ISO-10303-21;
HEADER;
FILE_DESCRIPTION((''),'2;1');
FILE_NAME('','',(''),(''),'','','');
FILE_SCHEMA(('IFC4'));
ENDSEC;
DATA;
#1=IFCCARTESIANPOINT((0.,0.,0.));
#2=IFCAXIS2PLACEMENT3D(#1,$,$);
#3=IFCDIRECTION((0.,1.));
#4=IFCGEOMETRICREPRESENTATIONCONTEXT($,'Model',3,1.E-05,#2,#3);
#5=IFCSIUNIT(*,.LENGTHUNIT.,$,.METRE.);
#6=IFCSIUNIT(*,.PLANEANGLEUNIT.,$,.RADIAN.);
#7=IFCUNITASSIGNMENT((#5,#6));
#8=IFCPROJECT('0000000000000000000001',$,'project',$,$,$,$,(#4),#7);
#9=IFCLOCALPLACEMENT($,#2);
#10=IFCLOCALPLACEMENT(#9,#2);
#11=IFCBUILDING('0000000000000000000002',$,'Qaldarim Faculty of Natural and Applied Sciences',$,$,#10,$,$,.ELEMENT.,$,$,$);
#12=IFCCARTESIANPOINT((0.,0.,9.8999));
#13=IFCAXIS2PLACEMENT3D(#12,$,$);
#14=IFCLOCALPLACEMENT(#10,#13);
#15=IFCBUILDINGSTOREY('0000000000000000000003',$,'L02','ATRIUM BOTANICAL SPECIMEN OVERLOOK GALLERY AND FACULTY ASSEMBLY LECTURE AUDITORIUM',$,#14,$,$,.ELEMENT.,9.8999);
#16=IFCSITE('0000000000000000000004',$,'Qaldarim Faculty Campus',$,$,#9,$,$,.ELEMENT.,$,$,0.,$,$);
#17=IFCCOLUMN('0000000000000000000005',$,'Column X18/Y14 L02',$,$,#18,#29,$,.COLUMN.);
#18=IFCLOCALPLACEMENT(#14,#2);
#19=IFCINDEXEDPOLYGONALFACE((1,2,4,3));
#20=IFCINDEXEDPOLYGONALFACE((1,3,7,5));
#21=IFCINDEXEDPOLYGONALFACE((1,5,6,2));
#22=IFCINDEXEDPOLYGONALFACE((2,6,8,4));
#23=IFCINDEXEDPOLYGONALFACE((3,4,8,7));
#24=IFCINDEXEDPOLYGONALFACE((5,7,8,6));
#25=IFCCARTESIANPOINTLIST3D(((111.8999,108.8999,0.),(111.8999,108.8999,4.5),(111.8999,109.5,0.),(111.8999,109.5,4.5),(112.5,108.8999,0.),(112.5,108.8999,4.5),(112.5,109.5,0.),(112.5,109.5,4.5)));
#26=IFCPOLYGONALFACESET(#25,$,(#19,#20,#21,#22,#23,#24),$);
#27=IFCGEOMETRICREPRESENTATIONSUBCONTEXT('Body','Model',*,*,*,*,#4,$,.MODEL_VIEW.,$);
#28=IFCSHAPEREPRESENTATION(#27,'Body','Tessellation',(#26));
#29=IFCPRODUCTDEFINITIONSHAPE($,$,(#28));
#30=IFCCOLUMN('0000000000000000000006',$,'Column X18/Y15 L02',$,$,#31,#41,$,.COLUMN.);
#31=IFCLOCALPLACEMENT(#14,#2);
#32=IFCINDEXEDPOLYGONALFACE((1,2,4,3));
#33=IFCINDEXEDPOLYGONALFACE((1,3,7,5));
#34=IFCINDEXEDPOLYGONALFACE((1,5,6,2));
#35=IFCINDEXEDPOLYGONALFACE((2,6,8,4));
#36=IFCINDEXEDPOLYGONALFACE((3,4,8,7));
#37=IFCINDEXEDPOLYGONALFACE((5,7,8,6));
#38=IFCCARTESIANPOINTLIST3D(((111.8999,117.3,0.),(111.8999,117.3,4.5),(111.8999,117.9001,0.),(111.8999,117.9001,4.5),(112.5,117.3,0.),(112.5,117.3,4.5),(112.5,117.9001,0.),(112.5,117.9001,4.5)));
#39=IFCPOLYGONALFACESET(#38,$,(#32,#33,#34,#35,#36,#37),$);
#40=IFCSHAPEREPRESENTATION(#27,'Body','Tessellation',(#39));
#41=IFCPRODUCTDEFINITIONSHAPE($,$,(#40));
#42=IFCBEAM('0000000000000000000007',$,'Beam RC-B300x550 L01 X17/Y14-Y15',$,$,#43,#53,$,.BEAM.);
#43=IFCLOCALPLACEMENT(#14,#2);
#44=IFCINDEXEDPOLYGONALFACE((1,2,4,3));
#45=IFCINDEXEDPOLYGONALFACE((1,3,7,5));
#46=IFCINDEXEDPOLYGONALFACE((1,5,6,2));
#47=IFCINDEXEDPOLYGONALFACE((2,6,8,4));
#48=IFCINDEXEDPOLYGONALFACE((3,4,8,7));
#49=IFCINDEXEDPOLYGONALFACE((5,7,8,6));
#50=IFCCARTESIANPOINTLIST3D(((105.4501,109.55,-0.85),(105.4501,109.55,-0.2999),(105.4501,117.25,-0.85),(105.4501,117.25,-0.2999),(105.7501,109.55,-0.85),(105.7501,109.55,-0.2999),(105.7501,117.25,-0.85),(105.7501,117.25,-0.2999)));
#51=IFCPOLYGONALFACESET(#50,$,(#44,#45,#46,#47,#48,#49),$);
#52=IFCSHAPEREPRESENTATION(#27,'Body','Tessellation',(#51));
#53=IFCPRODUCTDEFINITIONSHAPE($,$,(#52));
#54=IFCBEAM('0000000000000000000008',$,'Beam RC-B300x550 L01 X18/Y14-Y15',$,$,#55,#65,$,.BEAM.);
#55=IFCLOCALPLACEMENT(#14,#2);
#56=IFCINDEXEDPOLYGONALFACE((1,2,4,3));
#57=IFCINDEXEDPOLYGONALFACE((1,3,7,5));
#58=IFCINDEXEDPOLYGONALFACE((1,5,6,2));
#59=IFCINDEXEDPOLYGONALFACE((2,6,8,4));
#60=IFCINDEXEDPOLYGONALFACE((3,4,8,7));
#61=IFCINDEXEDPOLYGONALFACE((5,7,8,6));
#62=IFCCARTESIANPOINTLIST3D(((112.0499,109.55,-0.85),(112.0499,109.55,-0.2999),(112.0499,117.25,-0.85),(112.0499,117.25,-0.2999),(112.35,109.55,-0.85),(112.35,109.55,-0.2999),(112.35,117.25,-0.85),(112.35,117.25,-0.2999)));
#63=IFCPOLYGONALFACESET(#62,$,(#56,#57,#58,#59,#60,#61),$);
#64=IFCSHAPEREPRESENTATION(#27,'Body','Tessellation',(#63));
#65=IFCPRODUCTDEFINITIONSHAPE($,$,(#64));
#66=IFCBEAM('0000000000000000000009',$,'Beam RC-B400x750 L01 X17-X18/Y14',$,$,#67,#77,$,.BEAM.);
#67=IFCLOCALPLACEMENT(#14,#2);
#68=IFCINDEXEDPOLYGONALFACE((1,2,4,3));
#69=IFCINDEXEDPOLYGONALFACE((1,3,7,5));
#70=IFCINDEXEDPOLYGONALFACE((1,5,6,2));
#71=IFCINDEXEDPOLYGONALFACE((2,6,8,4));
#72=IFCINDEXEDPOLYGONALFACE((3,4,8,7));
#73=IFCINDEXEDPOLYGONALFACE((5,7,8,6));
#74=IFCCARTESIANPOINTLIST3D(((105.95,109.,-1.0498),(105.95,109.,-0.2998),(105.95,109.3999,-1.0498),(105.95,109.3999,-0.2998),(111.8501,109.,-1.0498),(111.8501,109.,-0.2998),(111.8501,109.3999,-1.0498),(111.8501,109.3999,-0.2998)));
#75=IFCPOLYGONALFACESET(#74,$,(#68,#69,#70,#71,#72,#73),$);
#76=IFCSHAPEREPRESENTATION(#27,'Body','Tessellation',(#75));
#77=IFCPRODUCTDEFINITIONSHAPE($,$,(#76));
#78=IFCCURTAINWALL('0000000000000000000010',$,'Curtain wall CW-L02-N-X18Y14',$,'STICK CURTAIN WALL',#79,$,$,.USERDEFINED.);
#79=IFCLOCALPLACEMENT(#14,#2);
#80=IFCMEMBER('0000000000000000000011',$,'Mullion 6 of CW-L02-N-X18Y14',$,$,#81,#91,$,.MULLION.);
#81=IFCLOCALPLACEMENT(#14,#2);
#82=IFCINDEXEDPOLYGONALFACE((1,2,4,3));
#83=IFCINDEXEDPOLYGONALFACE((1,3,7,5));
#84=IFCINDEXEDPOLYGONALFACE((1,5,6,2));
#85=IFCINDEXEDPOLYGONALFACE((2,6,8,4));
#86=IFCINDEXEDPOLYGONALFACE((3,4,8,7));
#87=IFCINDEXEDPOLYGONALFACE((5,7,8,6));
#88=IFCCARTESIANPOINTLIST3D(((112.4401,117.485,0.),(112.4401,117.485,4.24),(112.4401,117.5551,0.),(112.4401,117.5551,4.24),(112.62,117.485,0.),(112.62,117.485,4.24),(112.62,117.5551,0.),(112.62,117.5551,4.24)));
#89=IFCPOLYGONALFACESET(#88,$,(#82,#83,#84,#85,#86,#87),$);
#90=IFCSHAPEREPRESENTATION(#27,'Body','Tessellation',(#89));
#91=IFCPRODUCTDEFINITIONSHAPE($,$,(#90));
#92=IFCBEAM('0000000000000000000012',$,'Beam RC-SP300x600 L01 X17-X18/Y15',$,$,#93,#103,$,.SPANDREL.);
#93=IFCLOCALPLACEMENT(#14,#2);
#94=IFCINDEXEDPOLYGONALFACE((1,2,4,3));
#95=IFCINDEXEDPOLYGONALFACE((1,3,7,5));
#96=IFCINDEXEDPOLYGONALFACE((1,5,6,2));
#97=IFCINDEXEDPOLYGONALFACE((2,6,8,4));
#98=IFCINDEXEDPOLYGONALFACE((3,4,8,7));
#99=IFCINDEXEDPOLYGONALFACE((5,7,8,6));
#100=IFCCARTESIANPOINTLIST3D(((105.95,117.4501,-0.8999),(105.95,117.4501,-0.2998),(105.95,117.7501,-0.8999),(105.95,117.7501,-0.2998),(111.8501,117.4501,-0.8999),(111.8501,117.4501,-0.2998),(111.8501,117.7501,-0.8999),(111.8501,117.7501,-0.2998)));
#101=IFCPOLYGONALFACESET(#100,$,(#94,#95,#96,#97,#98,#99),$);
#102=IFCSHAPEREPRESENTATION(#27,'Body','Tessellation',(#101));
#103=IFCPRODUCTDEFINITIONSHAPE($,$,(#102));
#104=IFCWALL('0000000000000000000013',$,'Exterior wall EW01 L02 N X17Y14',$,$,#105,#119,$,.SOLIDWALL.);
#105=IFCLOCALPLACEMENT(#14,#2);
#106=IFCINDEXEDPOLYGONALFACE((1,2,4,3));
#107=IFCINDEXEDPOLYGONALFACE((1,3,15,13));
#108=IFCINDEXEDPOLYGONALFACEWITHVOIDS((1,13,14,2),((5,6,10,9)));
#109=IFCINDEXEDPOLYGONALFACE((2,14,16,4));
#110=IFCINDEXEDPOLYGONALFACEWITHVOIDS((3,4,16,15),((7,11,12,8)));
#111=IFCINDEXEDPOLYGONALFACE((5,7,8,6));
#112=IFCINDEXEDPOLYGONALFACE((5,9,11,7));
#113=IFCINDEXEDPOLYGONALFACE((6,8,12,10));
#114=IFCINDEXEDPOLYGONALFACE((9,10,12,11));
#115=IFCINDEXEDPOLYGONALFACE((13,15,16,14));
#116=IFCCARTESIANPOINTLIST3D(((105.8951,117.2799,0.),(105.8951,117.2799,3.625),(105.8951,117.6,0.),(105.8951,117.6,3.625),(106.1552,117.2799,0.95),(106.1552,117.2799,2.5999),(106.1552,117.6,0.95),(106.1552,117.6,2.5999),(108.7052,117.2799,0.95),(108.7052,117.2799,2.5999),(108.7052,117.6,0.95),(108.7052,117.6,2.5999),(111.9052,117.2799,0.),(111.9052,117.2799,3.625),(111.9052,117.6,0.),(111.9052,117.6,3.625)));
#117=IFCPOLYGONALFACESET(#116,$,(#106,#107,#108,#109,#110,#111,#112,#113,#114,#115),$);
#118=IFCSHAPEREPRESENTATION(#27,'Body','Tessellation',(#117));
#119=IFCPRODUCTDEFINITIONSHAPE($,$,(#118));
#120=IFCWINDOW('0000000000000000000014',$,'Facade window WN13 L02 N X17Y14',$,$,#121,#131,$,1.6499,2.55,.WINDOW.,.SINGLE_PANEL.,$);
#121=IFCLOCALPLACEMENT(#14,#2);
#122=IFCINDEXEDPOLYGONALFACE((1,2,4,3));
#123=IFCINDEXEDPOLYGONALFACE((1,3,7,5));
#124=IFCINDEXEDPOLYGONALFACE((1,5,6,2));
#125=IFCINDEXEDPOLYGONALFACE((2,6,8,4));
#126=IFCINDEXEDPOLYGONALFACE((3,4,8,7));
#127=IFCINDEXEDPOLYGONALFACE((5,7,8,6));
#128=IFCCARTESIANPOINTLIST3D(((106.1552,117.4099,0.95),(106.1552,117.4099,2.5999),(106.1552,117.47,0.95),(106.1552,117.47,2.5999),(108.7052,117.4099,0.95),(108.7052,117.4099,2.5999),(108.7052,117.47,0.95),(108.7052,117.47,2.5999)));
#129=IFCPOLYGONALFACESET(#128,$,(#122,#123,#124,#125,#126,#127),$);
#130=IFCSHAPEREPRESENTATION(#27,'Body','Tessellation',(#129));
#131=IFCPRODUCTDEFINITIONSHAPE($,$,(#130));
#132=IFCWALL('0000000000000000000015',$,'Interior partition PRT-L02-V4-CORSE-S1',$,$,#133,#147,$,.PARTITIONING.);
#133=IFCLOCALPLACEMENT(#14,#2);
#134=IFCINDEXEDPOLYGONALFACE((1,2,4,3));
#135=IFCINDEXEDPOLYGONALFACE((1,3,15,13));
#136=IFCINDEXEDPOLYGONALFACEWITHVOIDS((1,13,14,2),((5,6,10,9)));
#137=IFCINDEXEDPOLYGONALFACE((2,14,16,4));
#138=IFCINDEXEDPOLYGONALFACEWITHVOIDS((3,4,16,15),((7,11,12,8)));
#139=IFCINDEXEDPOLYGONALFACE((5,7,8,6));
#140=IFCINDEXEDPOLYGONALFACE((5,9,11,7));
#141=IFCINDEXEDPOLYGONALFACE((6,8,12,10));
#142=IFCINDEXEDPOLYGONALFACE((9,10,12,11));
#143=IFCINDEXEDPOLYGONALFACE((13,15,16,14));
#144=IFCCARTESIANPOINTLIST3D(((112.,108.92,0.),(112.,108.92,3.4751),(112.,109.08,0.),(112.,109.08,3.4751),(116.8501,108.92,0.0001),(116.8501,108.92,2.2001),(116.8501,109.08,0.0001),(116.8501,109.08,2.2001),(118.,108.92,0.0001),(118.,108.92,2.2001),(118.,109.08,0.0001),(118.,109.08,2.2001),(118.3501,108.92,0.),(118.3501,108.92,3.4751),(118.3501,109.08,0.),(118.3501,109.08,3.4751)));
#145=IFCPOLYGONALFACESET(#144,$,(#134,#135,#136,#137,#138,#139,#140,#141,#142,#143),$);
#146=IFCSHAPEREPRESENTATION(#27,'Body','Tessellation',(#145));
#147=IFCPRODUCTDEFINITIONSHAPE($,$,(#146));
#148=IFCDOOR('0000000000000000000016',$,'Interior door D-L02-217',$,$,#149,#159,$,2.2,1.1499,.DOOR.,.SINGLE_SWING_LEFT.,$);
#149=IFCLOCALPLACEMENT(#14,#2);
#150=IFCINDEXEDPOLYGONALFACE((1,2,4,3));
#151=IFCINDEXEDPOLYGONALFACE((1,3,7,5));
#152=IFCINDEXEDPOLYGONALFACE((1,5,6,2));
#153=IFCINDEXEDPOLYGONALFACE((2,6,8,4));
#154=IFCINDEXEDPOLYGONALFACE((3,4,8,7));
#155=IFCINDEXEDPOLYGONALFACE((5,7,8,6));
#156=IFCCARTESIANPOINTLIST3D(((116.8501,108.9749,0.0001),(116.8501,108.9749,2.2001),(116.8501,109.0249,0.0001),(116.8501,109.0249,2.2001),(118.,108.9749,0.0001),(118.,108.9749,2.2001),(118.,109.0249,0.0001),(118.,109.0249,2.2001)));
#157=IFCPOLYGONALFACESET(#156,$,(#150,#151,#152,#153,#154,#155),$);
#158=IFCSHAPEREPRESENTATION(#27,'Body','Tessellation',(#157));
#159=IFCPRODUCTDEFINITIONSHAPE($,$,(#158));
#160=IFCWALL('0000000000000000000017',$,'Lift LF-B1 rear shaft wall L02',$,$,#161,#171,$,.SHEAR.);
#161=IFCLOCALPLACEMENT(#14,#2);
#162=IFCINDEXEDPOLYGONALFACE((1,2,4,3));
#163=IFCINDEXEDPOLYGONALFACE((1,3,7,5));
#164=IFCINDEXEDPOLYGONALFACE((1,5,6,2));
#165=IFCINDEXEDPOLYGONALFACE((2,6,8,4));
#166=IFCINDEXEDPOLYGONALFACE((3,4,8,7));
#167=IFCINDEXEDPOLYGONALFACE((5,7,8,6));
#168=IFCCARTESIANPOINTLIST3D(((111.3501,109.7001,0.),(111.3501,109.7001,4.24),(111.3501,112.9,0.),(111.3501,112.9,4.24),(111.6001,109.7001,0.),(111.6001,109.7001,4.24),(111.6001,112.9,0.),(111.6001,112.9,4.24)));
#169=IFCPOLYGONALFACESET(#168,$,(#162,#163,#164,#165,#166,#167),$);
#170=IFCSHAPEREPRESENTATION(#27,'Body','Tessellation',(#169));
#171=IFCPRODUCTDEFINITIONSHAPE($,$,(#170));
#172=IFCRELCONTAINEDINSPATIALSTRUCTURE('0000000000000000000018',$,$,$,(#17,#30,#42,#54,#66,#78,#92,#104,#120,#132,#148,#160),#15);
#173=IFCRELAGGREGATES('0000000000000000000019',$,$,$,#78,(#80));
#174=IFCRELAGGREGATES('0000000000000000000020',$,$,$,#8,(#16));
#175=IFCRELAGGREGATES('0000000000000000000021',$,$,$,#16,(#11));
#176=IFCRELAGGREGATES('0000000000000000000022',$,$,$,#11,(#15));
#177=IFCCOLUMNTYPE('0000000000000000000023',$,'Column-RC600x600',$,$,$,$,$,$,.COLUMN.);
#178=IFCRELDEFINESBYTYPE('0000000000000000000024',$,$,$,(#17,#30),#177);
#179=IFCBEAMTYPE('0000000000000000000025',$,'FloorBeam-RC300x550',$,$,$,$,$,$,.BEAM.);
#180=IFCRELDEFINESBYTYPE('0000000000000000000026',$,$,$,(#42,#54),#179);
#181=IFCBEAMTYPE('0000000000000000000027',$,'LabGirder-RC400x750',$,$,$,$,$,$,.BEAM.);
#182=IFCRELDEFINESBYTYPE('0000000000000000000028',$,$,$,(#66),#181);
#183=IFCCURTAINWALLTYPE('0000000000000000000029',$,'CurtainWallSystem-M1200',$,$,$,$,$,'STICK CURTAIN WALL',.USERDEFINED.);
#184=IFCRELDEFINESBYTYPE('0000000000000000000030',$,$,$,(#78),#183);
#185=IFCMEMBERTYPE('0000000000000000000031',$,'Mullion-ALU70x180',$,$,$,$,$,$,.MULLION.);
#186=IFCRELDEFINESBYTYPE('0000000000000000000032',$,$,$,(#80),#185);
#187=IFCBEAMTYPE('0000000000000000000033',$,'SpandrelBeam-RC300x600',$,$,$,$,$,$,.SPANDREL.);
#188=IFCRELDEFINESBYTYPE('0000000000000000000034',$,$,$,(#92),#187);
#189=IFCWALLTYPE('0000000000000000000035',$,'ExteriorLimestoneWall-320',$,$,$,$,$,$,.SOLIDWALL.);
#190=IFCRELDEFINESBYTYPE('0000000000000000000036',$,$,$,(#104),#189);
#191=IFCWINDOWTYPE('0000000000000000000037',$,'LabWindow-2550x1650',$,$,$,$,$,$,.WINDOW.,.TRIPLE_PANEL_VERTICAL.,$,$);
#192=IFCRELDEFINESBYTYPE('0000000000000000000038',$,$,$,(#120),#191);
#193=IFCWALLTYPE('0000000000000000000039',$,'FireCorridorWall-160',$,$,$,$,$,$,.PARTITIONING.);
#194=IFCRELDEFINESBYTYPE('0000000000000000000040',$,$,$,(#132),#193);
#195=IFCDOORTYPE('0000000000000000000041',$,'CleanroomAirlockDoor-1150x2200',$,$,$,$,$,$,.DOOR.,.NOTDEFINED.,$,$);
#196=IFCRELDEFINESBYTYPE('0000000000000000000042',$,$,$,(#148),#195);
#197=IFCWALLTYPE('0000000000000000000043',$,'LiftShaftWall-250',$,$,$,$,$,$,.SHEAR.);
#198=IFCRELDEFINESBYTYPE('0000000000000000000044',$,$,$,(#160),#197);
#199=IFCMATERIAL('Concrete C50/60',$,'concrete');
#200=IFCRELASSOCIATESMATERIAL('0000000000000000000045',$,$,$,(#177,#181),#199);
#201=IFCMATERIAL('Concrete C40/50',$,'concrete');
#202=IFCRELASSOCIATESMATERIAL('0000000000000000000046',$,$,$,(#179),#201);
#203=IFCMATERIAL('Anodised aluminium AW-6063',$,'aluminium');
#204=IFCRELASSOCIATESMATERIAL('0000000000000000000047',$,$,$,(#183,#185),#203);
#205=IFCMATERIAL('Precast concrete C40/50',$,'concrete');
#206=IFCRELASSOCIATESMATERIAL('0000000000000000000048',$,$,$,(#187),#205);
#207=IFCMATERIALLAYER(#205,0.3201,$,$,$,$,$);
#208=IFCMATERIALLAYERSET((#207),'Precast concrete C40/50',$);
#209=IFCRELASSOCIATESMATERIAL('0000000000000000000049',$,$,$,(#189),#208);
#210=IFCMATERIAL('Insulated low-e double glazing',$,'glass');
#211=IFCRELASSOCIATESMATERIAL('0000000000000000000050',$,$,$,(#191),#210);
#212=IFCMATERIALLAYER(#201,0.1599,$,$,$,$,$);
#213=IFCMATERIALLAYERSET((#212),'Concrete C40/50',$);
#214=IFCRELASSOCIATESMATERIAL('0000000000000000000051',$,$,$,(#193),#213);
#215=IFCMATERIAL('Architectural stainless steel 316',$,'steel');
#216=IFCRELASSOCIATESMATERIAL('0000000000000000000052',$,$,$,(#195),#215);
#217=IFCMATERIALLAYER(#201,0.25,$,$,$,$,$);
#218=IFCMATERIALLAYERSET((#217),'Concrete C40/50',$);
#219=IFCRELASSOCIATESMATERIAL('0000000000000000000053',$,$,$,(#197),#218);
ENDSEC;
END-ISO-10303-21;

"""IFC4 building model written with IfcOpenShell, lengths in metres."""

from ifc_helpers import new_model, si_unit, direction, frame, frame_2d, origin, origin_2d, place, context, subcontext, project, spatial, rectangle, extrude, material, layer, layer_set, material_profile, profile_set, type_object, element, fill, aggregate, save


model = new_model("IFC4")

# Units and contexts
model_context = context("Model", 3, precision=1e-05, world=origin(), true_north=direction((0.0, 1.0)))
body_context = subcontext(model_context, "Body", "Model", "MODEL_VIEW")
ifc_project = project(units=[si_unit("LENGTHUNIT", "METRE"), si_unit("PLANEANGLEUNIT", "RADIAN")], contexts=[model_context])

# Site, building, storey
site_placement = place(None, origin())
site = spatial("IfcSite", under=ifc_project, at=site_placement, Name="Qaldarim Faculty Campus", CompositionType="ELEMENT", RefElevation=0.0)
building_placement = place(site_placement, origin())
building = spatial("IfcBuilding", under=site, at=building_placement, Name="Qaldarim Faculty of Natural and Applied Sciences", CompositionType="ELEMENT")
storey_placement = place(building_placement, frame((0.0, 0.0, 9.8999)))
storey = spatial("IfcBuildingStorey", under=building, at=storey_placement, Name="L02", Description="ATRIUM BOTANICAL SPECIMEN OVERLOOK GALLERY AND FACULTY ASSEMBLY LECTURE AUDITORIUM", CompositionType="ELEMENT", Elevation=9.8999)

# Columns
ifc_material_1 = material(Name="Concrete C50/60", Category="concrete")
ifc_material_profile_1 = material_profile(ifc_material_1, rectangle(XDim=0.6001, YDim=0.6001, at=origin_2d()), Name="RC-C600x600")
ifc_profile_set_1 = profile_set([ifc_material_profile_1], Name="Concrete C50/60")
column_type = type_object("IfcColumnType", Name="Column-RC600x600", PredefinedType="COLUMN", material=ifc_profile_set_1)
for number, where, z_axis, x_axis, name in (
    (1, (112.2, 109.2, 0.0), (0.0, 0.0, 1.0), (1.0, 0.0, 0.0), "Column X18/Y14 L02"),
    (2, (112.2, 117.6001, 0.0), (0.0, 0.0, 1.0), (1.0, 0.0, 0.0), "Column X18/Y15 L02"),
):
    element("IfcColumn", number, at=place(storey_placement, frame(where, z_axis=z_axis, x_axis=x_axis)), inside=storey, type_object=column_type, Name=name, PredefinedType="COLUMN", context=body_context, shape_type="SweptSolid", body=[
        extrude(rectangle(XDim=0.6001, YDim=0.6001, at=origin_2d()), origin(), (0.0, 0.0, 1.0), 4.5),
    ])

# Beams
ifc_material_2 = material(Name="Concrete C40/50", Category="concrete")
ifc_material_profile_2 = material_profile(ifc_material_2, rectangle(XDim=0.3, YDim=0.55, at=origin_2d()), Name="RC-B300x550")
ifc_profile_set_2 = profile_set([ifc_material_profile_2], Name="Concrete C40/50")
beam_type_1 = type_object("IfcBeamType", Name="FloorBeam-RC300x550", PredefinedType="BEAM", material=ifc_profile_set_2)
for number, where, z_axis, x_axis, name in (
    (3, (105.6001, 109.55, -0.575), (0.0, 1.0, 0.0), (-1.0, 0.0, 0.0), "Beam RC-B300x550 L01 X17/Y14-Y15"),
    (4, (112.2, 109.55, -0.575), (0.0, 1.0, 0.0), (-1.0, 0.0, 0.0), "Beam RC-B300x550 L01 X18/Y14-Y15"),
):
    element("IfcBeam", number, at=place(storey_placement, frame(where, z_axis=z_axis, x_axis=x_axis)), inside=storey, type_object=beam_type_1, Name=name, PredefinedType="BEAM", context=body_context, shape_type="SweptSolid", body=[
        extrude(rectangle(XDim=0.3, YDim=0.55, at=origin_2d()), origin(), (0.0, 0.0, 1.0), 7.7),
    ])
ifc_material_profile_3 = material_profile(ifc_material_1, rectangle(XDim=0.3999, YDim=0.75, at=origin_2d()), Name="RC-B400x750")
ifc_profile_set_3 = profile_set([ifc_material_profile_3], Name="Concrete C50/60")
beam_type_2 = type_object("IfcBeamType", Name="LabGirder-RC400x750", PredefinedType="BEAM", material=ifc_profile_set_3)
beam_1_placement = place(storey_placement, frame((105.95, 109.2, -0.6748), z_axis=(1.0, 0.0, 0.0), x_axis=(0.0, 1.0, 0.0)))
element("IfcBeam", 5, at=beam_1_placement, inside=storey, type_object=beam_type_2, Name="Beam RC-B400x750 L01 X17-X18/Y14", PredefinedType="BEAM", context=body_context, shape_type="SweptSolid", body=[
    extrude(rectangle(XDim=0.3999, YDim=0.75, at=origin_2d()), origin(), (0.0, 0.0, 1.0), 5.9001),
])

# Curtain wall, member
ifc_material_3 = material(Name="Anodised aluminium AW-6063", Category="aluminium")
curtain_wall_type = type_object("IfcCurtainWallType", Name="CurtainWallSystem-M1200", ElementType="STICK CURTAIN WALL", PredefinedType="USERDEFINED", material=ifc_material_3)
curtain_wall_placement = place(storey_placement, origin())
curtain_wall = element("IfcCurtainWall", 6, at=curtain_wall_placement, inside=storey, type_object=curtain_wall_type, Name="Curtain wall CW-L02-N-X18Y14", ObjectType="STICK CURTAIN WALL", PredefinedType="USERDEFINED")
ifc_material_profile_4 = material_profile(ifc_material_3, rectangle(XDim=0.0701, YDim=0.1799, at=origin_2d()), Name="ALU-M70x180")
ifc_profile_set_4 = profile_set([ifc_material_profile_4], Name="Anodised aluminium AW-6063")
member_type = type_object("IfcMemberType", Name="Mullion-ALU70x180", PredefinedType="MULLION", material=ifc_profile_set_4)
member_placement = place(storey_placement, frame((112.53, 117.52, 0.0), z_axis=(0.0, 0.0, 1.0), x_axis=(0.0, -1.0, 0.0)))
member = element("IfcMember", 7, at=member_placement, type_object=member_type, Name="Mullion 6 of CW-L02-N-X18Y14", PredefinedType="MULLION", context=body_context, shape_type="SweptSolid", body=[
    extrude(rectangle(XDim=0.0701, YDim=0.1799, at=origin_2d()), origin(), (0.0, 0.0, 1.0), 4.24),
])
aggregate(curtain_wall, [member])

# Beam
ifc_material_4 = material(Name="Precast concrete C40/50", Category="concrete")
ifc_material_profile_5 = material_profile(ifc_material_4, rectangle(XDim=0.3, YDim=0.6001, at=origin_2d()), Name="RC-SP300x600")
ifc_profile_set_5 = profile_set([ifc_material_profile_5], Name="Precast concrete C40/50")
beam_type_3 = type_object("IfcBeamType", Name="SpandrelBeam-RC300x600", PredefinedType="SPANDREL", material=ifc_profile_set_5)
beam_2_placement = place(storey_placement, frame((105.95, 117.6001, -0.5999), z_axis=(1.0, 0.0, 0.0), x_axis=(0.0, 1.0, 0.0)))
element("IfcBeam", 8, at=beam_2_placement, inside=storey, type_object=beam_type_3, Name="Beam RC-SP300x600 L01 X17-X18/Y15", PredefinedType="SPANDREL", context=body_context, shape_type="SweptSolid", body=[
    extrude(rectangle(XDim=0.3, YDim=0.6001, at=origin_2d()), origin(), (0.0, 0.0, 1.0), 5.9001),
])

# Wall, opening, window
ifc_layer_1 = layer(ifc_material_4, 0.3201)
ifc_layer_set_1 = layer_set([ifc_layer_1], Name="Precast concrete C40/50")
wall_type_1 = type_object("IfcWallType", Name="ExteriorLimestoneWall-320", PredefinedType="SOLIDWALL", material=ifc_layer_set_1)
wall_1_placement = place(storey_placement, frame((111.905, 117.4399, 0.0), z_axis=(0.0, 0.0, 1.0), x_axis=(-1.0, 0.0, 0.0)))
wall_1 = element("IfcWall", 9, at=wall_1_placement, inside=storey, type_object=wall_type_1, Name="Exterior wall EW01 L02 N X17Y14", PredefinedType="SOLIDWALL", context=body_context, shape_type="SweptSolid", body=[
    extrude(rectangle(XDim=6.01, YDim=0.3201, at=frame_2d((3.0049, 0.0))), origin(), (0.0, 0.0, 1.0), 3.625),
])
opening_1_placement = place(wall_1_placement, frame((3.2, 0.0, 0.95)))
opening_1 = element("IfcOpeningElement", 10, at=opening_1_placement, cuts=wall_1, PredefinedType="OPENING", context=body_context, shape_type="SweptSolid", body=[
    extrude(rectangle(XDim=2.55, YDim=1.6499, at=frame_2d((1.2749, 0.825))), frame((0.0, 0.1699, 0.0), z_axis=(0.0, -1.0, 0.0), x_axis=(1.0, 0.0, 0.0)), (0.0, 0.0, 1.0), 0.3401),
])
ifc_material_5 = material(Name="Insulated low-e double glazing", Category="glass")
window_type = type_object("IfcWindowType", Name="LabWindow-2550x1650", PartitioningType="TRIPLE_PANEL_VERTICAL", PredefinedType="WINDOW", material=ifc_material_5)
window_placement = place(opening_1_placement, origin())
window = element("IfcWindow", 11, at=window_placement, inside=storey, type_object=window_type, Name="Facade window WN13 L02 N X17Y14", OverallHeight=1.6499, OverallWidth=2.55, PartitioningType="SINGLE_PANEL", PredefinedType="WINDOW", context=body_context, shape_type="SweptSolid", body=[
    extrude(rectangle(XDim=2.55, YDim=1.6499, at=frame_2d((1.2749, 0.825))), frame((0.0, 0.03, 0.0), z_axis=(0.0, -1.0, 0.0), x_axis=(1.0, 0.0, 0.0)), (0.0, 0.0, 1.0), 0.0601),
])
fill(opening_1, window)

# Wall, opening, door
ifc_layer_2 = layer(ifc_material_2, 0.1599)
ifc_layer_set_2 = layer_set([ifc_layer_2], Name="Concrete C40/50")
wall_type_2 = type_object("IfcWallType", Name="FireCorridorWall-160", PredefinedType="PARTITIONING", material=ifc_layer_set_2)
wall_2_placement = place(storey_placement, frame((112.0, 109.0, 0.0), z_axis=(0.0, 0.0, 1.0), x_axis=(1.0, 0.0, 0.0)))
wall_2 = element("IfcWall", 12, at=wall_2_placement, inside=storey, type_object=wall_type_2, Name="Interior partition PRT-L02-V4-CORSE-S1", PredefinedType="PARTITIONING", context=body_context, shape_type="SweptSolid", body=[
    extrude(rectangle(XDim=6.3501, YDim=0.1599, at=frame_2d((3.175, 0.0))), origin(), (0.0, 0.0, 1.0), 3.4751),
])
opening_2_placement = place(wall_2_placement, frame((4.8501, 0.0, 0.0)))
opening_2 = element("IfcOpeningElement", 13, at=opening_2_placement, cuts=wall_2, PredefinedType="OPENING", context=body_context, shape_type="SweptSolid", body=[
    extrude(rectangle(XDim=1.1499, YDim=2.2, at=frame_2d((0.575, 1.1001))), frame((0.0, 0.0898, 0.0), z_axis=(0.0, -1.0, 0.0), x_axis=(1.0, 0.0, 0.0)), (0.0, 0.0, 1.0), 0.1799),
])
ifc_material_6 = material(Name="Architectural stainless steel 316", Category="steel")
door_type_1 = type_object("IfcDoorType", Name="CleanroomAirlockDoor-1150x2200", OperationType="NOTDEFINED", PredefinedType="DOOR", material=ifc_material_6)
door_1_placement = place(opening_2_placement, origin())
door_1 = element("IfcDoor", 14, at=door_1_placement, inside=storey, type_object=door_type_1, Name="Interior door D-L02-217", OperationType="SINGLE_SWING_LEFT", OverallHeight=2.2, OverallWidth=1.1499, PredefinedType="DOOR", context=body_context, shape_type="SweptSolid", body=[
    extrude(rectangle(XDim=1.1499, YDim=2.2, at=frame_2d((0.575, 1.1001))), frame((0.0, 0.0249, 0.0), z_axis=(0.0, -1.0, 0.0), x_axis=(1.0, 0.0, 0.0)), (0.0, 0.0, 1.0), 0.05),
])
fill(opening_2, door_1)
ifc_layer_3 = layer(ifc_material_2, 0.25)
ifc_layer_set_3 = layer_set([ifc_layer_3], Name="Concrete C40/50")
wall_type_3 = type_object("IfcWallType", Name="LiftShaftWall-250", PredefinedType="SHEAR", material=ifc_layer_set_3)

# Wall
wall_3_placement = place(storey_placement, frame((111.4751, 109.7, 0.0), z_axis=(0.0, 0.0, 1.0), x_axis=(0.0, 1.0, 0.0)))
element("IfcWall", 15, at=wall_3_placement, inside=storey, type_object=wall_type_3, Name="Lift LF-B1 rear shaft wall L02", PredefinedType="SHEAR", context=body_context, shape_type="SweptSolid", body=[
    extrude(rectangle(XDim=3.2, YDim=0.25, at=frame_2d((1.6001, 0.0))), origin(), (0.0, 0.0, 1.0), 4.24),
])

save(model, "model.ifc")
